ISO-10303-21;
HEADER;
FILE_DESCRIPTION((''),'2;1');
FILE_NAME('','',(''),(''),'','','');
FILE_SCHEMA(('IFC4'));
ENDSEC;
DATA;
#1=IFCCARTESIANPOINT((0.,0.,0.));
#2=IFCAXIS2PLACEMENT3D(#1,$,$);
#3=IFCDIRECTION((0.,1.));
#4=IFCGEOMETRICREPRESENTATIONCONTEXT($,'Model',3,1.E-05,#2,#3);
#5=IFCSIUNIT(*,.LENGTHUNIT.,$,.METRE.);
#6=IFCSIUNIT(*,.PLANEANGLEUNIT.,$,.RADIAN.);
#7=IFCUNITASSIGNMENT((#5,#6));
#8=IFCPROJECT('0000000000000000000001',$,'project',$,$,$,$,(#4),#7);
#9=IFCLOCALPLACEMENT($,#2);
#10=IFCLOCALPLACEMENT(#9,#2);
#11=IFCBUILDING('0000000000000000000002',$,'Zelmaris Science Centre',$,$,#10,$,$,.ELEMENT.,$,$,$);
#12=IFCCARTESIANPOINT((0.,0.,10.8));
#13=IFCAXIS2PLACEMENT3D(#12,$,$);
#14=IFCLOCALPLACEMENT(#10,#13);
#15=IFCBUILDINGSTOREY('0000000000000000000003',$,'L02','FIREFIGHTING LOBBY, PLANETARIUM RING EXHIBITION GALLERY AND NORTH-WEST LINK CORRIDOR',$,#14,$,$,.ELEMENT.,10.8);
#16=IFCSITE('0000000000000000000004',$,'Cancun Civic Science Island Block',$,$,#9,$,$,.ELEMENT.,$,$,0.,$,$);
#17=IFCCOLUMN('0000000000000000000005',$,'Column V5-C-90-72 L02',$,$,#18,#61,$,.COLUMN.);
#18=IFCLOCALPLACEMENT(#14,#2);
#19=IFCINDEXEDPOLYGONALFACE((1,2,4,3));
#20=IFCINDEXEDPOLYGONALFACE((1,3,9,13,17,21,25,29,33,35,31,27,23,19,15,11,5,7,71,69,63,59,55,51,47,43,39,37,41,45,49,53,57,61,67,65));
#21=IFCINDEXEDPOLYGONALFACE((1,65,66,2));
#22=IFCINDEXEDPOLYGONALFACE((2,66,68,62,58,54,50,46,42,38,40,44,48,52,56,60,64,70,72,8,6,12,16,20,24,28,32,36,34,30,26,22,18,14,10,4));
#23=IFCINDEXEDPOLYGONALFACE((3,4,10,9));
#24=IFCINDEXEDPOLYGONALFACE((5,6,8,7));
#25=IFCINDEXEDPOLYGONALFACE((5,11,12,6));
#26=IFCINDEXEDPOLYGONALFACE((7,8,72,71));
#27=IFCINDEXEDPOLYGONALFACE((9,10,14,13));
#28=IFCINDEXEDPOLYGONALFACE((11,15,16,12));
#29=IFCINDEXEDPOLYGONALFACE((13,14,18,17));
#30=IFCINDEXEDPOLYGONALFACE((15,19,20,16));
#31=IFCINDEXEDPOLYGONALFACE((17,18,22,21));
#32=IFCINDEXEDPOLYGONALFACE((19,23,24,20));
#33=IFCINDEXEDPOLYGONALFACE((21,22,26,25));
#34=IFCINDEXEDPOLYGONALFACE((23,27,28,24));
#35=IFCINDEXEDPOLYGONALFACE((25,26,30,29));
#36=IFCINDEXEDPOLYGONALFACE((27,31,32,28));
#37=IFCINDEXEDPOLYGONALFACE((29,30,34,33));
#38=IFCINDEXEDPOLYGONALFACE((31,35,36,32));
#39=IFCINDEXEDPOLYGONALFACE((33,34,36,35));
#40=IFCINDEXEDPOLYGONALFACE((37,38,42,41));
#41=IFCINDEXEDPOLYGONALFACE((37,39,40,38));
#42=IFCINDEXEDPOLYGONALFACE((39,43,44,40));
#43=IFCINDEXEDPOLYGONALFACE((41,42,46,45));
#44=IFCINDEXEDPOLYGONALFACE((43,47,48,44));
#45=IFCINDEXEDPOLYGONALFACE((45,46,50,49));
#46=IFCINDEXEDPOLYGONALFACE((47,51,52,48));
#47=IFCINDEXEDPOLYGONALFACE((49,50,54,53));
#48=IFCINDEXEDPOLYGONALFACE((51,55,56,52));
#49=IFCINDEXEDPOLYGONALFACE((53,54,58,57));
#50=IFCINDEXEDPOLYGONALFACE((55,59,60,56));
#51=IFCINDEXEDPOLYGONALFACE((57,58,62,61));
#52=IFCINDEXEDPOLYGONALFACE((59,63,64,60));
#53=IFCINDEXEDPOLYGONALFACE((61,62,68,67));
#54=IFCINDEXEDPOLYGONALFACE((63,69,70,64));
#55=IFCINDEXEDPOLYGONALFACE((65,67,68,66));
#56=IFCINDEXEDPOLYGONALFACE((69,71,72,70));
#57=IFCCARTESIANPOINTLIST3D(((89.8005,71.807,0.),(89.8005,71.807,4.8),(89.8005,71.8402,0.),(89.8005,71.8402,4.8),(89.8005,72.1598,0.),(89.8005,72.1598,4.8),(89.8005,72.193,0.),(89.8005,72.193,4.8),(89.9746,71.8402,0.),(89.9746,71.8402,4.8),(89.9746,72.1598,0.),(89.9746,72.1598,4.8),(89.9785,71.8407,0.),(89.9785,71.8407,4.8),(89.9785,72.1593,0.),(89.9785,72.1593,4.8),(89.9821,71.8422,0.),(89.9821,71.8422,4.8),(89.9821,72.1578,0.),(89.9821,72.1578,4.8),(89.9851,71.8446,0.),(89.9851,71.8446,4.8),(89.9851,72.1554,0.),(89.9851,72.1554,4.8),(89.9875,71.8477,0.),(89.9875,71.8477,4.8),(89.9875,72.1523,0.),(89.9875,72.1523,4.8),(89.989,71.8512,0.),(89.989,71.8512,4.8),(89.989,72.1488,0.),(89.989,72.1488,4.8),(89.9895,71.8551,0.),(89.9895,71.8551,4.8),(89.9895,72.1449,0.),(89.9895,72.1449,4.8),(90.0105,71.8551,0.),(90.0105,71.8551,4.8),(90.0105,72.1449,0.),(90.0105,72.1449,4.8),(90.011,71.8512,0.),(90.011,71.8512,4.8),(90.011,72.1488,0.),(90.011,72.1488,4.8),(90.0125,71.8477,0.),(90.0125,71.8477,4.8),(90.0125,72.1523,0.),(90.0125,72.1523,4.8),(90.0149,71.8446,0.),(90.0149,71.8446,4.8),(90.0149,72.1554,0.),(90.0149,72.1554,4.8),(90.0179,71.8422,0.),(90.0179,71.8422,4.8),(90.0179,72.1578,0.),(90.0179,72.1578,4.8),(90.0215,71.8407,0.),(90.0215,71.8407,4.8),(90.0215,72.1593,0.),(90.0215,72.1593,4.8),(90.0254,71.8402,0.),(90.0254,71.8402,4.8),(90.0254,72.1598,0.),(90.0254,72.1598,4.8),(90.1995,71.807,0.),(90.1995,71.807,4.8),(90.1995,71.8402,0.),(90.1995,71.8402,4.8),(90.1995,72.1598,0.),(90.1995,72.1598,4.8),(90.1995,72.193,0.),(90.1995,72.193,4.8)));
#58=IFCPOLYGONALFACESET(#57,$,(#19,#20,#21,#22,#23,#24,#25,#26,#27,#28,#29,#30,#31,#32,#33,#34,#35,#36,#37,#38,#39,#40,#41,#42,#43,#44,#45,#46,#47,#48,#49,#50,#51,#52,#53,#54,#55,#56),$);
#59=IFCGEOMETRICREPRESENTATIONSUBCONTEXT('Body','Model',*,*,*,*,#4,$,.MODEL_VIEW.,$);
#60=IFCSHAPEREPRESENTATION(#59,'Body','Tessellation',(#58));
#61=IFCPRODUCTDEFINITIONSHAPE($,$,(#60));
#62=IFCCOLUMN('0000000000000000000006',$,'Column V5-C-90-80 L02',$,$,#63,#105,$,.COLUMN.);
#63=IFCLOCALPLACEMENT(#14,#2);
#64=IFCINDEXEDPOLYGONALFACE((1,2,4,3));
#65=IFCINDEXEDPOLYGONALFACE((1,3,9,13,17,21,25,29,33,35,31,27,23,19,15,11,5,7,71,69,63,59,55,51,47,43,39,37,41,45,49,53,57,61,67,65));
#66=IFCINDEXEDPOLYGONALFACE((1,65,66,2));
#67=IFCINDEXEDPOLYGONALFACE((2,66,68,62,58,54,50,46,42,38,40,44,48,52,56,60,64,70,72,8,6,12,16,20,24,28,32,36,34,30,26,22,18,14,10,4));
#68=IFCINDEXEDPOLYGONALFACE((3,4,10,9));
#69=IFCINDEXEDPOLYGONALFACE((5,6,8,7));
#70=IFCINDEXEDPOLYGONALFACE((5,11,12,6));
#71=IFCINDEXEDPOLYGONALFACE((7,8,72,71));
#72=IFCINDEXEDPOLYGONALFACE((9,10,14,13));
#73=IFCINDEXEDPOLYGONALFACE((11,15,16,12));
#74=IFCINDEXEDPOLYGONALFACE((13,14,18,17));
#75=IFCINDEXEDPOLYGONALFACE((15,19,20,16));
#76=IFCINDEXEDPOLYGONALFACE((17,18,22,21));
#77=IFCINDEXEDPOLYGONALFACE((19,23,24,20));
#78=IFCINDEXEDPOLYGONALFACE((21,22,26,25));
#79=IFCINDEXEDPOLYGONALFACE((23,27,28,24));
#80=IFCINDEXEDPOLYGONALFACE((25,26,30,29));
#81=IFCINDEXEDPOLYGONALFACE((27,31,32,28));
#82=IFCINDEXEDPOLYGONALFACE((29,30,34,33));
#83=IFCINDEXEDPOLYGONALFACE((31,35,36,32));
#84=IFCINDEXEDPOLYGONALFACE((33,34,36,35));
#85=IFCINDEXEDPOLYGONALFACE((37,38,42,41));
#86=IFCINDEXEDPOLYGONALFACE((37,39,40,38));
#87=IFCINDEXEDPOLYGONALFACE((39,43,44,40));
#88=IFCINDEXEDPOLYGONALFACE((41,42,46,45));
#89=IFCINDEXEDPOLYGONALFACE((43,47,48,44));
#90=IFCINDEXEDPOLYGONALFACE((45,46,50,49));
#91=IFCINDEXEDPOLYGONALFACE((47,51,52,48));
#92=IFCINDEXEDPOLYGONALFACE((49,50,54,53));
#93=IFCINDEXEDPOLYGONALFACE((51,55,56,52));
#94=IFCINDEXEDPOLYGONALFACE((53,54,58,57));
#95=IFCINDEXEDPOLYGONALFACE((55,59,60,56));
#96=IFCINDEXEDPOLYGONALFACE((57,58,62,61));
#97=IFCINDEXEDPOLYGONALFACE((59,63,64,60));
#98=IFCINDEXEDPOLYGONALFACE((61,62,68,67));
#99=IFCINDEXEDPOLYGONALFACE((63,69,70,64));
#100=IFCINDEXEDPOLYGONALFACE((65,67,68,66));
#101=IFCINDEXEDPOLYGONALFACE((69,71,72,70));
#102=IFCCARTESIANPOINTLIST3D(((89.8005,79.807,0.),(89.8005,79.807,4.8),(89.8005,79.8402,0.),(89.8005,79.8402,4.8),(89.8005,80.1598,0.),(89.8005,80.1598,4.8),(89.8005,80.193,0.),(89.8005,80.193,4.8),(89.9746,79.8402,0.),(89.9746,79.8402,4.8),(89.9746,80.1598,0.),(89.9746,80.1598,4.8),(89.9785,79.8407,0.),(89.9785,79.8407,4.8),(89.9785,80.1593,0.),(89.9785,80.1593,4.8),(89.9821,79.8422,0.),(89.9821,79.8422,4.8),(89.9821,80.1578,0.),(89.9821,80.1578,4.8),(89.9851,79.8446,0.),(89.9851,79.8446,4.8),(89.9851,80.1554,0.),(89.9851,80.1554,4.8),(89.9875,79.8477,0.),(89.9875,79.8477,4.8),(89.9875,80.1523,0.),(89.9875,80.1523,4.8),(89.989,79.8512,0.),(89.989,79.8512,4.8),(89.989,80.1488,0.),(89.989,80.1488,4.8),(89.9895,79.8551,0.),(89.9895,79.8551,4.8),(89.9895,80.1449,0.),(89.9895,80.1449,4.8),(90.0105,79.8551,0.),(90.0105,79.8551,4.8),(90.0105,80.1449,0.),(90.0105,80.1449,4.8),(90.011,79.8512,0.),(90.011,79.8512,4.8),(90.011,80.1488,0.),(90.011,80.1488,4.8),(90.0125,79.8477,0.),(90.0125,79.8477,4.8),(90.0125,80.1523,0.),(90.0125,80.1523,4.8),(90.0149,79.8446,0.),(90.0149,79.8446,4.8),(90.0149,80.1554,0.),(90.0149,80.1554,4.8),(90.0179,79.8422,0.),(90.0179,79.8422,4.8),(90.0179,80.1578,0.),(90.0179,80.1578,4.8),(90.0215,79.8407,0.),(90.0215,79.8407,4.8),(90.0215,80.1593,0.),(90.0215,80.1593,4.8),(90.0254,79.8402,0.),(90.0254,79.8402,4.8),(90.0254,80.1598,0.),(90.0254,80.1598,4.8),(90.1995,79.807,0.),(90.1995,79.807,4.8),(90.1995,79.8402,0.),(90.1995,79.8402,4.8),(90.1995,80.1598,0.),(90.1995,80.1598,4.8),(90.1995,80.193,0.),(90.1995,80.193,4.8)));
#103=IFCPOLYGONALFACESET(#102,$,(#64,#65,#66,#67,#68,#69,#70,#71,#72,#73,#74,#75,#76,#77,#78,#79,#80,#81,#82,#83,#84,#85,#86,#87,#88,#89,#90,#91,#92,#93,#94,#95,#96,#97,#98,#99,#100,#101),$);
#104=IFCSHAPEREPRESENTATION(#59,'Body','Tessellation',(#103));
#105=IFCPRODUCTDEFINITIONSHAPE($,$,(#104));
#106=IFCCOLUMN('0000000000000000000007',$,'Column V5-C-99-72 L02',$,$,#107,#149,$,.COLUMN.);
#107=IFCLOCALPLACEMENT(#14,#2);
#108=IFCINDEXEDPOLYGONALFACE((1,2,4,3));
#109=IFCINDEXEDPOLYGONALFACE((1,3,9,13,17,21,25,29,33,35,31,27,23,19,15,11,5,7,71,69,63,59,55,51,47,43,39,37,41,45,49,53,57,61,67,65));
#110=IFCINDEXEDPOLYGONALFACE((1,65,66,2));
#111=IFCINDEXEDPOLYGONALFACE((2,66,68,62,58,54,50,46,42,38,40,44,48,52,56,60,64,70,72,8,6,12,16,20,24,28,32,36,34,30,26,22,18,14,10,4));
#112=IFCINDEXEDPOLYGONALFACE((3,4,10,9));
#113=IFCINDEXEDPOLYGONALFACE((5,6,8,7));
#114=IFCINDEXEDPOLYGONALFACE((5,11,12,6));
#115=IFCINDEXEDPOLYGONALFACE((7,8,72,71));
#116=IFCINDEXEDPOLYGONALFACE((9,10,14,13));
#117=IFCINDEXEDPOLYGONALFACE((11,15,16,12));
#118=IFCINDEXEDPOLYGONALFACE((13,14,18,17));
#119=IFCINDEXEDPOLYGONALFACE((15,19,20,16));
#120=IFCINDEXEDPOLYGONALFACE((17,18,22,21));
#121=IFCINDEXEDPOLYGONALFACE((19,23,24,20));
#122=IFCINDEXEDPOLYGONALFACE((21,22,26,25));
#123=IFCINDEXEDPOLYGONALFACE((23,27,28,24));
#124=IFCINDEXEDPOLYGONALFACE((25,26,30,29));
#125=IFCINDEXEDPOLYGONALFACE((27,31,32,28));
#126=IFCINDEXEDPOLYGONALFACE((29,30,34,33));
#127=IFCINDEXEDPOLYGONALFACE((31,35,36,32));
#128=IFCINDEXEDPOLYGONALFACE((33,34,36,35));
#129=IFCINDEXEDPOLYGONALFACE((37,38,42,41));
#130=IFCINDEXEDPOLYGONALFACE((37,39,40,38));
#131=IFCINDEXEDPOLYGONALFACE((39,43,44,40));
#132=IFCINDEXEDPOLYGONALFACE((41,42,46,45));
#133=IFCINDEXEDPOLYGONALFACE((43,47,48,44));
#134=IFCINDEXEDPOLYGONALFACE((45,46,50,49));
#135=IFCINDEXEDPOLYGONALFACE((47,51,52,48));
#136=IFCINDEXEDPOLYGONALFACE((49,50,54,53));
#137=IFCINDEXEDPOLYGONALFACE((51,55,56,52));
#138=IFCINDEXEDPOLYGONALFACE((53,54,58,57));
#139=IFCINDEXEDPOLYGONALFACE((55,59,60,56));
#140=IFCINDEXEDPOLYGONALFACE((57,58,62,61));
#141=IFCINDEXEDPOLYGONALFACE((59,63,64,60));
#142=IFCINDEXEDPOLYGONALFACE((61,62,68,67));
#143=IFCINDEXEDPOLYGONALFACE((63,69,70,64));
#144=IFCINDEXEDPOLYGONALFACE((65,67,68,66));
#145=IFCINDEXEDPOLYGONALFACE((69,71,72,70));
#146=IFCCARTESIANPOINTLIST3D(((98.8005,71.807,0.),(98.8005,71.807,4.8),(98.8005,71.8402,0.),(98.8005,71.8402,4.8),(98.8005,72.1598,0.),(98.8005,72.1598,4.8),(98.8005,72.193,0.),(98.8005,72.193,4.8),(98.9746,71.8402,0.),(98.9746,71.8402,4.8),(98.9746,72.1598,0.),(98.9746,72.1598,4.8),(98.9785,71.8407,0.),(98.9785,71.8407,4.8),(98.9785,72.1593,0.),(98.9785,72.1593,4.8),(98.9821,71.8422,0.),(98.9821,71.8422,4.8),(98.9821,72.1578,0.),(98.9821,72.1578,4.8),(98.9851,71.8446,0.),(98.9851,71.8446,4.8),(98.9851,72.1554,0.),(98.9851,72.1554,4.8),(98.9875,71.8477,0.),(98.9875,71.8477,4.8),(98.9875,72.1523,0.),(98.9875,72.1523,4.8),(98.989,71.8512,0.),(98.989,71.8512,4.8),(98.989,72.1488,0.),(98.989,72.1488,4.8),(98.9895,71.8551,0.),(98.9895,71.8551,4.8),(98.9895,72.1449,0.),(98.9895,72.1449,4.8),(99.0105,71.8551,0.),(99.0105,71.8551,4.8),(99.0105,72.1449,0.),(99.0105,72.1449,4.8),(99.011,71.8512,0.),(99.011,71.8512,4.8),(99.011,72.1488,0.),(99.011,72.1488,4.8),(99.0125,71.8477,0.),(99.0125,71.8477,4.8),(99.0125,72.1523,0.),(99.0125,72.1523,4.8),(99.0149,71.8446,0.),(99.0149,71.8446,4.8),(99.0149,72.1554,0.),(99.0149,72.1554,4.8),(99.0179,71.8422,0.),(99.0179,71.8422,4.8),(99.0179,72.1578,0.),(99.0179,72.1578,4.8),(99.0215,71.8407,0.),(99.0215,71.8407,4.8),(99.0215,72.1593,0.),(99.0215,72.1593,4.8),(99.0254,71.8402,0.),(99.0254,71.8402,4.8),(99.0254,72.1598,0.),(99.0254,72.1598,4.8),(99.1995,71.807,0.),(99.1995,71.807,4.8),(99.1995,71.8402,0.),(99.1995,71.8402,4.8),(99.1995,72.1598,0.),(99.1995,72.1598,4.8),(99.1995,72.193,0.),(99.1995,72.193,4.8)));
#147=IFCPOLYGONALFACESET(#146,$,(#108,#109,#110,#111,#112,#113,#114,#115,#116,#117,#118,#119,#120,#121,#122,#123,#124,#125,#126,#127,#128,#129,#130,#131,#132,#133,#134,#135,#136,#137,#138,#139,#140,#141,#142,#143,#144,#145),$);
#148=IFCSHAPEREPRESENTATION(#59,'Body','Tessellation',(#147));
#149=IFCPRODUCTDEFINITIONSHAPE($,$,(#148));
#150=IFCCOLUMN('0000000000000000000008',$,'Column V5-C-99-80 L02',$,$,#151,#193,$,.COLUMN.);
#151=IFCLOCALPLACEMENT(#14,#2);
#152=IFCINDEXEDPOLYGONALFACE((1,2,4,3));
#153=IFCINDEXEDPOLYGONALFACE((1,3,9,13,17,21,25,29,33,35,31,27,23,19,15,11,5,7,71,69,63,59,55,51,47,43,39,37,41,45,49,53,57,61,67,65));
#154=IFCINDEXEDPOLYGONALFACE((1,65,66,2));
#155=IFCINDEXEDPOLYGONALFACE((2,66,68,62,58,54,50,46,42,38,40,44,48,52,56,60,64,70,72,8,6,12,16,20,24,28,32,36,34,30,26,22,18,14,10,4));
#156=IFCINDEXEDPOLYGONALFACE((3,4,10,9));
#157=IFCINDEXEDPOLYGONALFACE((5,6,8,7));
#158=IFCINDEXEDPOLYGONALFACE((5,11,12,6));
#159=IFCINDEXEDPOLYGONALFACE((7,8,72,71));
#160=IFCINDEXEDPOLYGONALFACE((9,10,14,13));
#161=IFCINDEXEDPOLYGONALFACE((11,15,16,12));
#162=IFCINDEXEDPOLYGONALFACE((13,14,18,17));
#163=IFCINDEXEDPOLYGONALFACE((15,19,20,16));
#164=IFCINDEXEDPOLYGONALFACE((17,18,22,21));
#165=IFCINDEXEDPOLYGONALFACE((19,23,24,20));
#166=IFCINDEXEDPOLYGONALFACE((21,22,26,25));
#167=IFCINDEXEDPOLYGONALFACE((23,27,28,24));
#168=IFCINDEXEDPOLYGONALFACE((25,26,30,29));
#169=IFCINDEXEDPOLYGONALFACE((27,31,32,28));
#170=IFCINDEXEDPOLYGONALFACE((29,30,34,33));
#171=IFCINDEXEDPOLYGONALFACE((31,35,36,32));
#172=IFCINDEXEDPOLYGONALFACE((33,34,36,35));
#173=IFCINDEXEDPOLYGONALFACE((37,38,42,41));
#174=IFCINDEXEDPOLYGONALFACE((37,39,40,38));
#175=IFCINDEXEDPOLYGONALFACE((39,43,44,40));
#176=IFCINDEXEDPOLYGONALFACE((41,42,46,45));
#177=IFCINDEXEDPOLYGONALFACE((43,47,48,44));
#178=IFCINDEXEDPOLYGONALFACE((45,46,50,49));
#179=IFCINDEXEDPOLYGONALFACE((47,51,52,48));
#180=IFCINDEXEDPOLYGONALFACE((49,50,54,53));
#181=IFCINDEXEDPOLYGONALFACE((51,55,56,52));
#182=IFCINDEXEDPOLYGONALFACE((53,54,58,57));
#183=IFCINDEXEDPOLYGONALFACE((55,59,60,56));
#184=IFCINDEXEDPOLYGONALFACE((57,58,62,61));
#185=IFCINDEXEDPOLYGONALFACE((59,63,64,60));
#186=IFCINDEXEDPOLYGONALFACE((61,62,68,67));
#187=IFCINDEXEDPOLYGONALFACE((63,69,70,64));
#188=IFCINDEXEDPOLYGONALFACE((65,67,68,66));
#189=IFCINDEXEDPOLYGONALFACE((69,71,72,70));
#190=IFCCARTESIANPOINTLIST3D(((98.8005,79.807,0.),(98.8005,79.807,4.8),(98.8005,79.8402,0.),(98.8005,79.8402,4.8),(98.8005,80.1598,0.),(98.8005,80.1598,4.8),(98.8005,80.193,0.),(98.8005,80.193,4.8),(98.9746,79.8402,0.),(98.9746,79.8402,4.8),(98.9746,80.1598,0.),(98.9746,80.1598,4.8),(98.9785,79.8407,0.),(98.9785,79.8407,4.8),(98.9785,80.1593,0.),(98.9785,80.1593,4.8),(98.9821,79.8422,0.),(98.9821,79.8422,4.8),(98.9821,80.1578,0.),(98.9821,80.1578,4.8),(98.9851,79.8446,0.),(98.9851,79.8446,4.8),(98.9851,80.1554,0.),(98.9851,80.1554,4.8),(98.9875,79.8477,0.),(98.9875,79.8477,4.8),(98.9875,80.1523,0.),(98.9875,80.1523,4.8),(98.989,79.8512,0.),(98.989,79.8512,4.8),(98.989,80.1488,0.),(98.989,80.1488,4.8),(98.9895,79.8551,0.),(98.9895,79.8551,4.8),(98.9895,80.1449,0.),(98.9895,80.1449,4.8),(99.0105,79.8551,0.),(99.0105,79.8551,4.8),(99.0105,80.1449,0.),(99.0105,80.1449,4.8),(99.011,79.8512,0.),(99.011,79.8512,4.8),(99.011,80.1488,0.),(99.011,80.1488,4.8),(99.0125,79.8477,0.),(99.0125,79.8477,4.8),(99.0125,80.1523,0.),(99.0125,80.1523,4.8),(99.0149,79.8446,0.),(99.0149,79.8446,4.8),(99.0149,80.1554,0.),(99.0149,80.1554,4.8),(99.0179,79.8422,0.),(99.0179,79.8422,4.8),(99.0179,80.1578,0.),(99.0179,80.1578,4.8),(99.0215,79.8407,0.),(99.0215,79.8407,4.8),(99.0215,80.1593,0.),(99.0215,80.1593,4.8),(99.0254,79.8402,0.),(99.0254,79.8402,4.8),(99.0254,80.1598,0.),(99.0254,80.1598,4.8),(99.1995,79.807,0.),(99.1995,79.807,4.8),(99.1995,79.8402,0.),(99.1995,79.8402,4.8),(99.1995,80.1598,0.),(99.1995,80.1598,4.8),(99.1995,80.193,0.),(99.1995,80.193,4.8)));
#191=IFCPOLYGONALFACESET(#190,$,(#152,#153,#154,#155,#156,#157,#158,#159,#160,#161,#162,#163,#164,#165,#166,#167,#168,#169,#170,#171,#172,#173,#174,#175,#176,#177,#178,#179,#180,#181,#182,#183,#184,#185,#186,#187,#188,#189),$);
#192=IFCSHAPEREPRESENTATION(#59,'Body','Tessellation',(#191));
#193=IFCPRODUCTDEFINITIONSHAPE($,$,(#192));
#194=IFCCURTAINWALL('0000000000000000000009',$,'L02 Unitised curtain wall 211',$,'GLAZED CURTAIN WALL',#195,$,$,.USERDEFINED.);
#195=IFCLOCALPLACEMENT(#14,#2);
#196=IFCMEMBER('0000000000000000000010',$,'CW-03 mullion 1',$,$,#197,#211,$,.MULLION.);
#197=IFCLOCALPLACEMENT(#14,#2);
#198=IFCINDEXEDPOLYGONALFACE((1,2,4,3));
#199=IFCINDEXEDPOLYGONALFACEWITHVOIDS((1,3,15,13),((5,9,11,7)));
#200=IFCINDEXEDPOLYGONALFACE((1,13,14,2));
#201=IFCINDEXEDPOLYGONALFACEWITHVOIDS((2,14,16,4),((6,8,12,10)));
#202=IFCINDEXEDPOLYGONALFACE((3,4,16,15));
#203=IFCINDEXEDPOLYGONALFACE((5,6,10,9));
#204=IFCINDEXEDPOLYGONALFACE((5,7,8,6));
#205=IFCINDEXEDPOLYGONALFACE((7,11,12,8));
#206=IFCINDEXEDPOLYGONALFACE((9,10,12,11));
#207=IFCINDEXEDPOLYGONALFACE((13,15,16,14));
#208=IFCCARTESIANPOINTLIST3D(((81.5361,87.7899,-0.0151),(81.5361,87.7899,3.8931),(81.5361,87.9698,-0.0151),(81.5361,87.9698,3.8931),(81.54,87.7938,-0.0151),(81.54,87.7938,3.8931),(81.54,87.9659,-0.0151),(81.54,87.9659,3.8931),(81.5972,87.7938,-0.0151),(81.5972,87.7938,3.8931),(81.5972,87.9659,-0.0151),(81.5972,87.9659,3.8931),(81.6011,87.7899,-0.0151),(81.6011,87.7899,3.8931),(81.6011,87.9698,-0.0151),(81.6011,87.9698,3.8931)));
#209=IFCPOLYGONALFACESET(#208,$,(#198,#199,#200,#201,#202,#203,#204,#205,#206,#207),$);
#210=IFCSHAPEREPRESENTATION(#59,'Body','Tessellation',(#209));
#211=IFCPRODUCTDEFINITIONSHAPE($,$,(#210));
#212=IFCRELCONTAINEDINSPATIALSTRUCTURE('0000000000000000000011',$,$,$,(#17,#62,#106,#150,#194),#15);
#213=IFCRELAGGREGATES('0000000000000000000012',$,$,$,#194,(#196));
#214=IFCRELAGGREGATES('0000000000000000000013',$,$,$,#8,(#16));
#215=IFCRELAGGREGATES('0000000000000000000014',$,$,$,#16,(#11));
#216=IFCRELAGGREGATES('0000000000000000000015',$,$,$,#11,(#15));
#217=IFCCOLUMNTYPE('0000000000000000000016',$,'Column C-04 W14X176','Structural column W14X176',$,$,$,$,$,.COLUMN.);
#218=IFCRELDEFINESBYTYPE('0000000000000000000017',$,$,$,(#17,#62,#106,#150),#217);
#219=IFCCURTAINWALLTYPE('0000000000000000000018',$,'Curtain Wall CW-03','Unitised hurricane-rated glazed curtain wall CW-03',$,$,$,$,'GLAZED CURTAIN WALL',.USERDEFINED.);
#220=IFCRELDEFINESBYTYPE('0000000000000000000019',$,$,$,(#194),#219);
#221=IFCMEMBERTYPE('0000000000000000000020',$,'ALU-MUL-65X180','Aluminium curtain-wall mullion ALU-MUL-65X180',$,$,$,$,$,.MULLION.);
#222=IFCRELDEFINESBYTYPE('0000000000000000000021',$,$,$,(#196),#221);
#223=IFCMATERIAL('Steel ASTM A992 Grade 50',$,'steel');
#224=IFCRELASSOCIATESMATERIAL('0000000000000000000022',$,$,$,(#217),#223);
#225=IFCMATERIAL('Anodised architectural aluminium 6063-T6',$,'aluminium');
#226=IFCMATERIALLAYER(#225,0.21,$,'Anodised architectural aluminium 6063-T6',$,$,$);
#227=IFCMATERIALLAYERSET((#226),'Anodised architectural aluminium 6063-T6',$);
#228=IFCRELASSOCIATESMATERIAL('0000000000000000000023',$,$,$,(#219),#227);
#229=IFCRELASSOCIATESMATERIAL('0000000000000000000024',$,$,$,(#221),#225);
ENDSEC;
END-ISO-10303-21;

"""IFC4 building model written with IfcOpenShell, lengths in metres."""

from ifc_helpers import new_model, si_unit, direction, frame, origin, origin_2d, place, context, subcontext, project, spatial, hollow_rectangle, i_section, extrude, material, layer, layer_set, material_profile, profile_set, type_object, element, aggregate, save


model = new_model("IFC4")

# Units and contexts
model_context = context("Model", 3, precision=1e-05, world=origin(), true_north=direction((0.0, 1.0)))
body_context = subcontext(model_context, "Body", "Model", "MODEL_VIEW")
ifc_project = project(units=[si_unit("LENGTHUNIT", "METRE"), si_unit("PLANEANGLEUNIT", "RADIAN")], contexts=[model_context])

# Site, building, storey
site_placement = place(None, origin())
site = spatial("IfcSite", under=ifc_project, at=site_placement, Name="Cancun Civic Science Island Block", CompositionType="ELEMENT", RefElevation=0.0)
building_placement = place(site_placement, origin())
building = spatial("IfcBuilding", under=site, at=building_placement, Name="Zelmaris Science Centre", CompositionType="ELEMENT")
storey_placement = place(building_placement, frame((0.0, 0.0, 10.8)))
storey = spatial("IfcBuildingStorey", under=building, at=storey_placement, Name="L02", Description="FIREFIGHTING LOBBY, PLANETARIUM RING EXHIBITION GALLERY AND NORTH-WEST LINK CORRIDOR", CompositionType="ELEMENT", Elevation=10.8)

# Columns
ifc_material_1 = material(Name="Steel ASTM A992 Grade 50", Category="steel")
ifc_material_profile_1 = material_profile(ifc_material_1, i_section(OverallWidth=0.3989, OverallDepth=0.386, WebThickness=0.021, FlangeThickness=0.0332, FilletRadius=0.0149, at=origin_2d()), Name="W14X176")
ifc_profile_set_1 = profile_set([ifc_material_profile_1], Name="Steel ASTM A992 Grade 50")
column_type = type_object("IfcColumnType", Name="Column C-04 W14X176", Description="Structural column W14X176", PredefinedType="COLUMN", material=ifc_profile_set_1)
for number, where, z_axis, x_axis, name in (
    (1, (90.0, 72.0, 0.0), (0.0, 0.0, 1.0), (1.0, 0.0, 0.0), "Column V5-C-90-72 L02"),
    (2, (90.0, 80.0, 0.0), (0.0, 0.0, 1.0), (1.0, 0.0, 0.0), "Column V5-C-90-80 L02"),
    (3, (99.0, 72.0, 0.0), (0.0, 0.0, 1.0), (1.0, 0.0, 0.0), "Column V5-C-99-72 L02"),
    (4, (99.0, 80.0, 0.0), (0.0, 0.0, 1.0), (1.0, 0.0, 0.0), "Column V5-C-99-80 L02"),
):
    element("IfcColumn", number, at=place(storey_placement, frame(where, z_axis=z_axis, x_axis=x_axis)), inside=storey, type_object=column_type, Name=name, PredefinedType="COLUMN", context=body_context, shape_type="SweptSolid", body=[
        extrude(i_section(OverallWidth=0.3989, OverallDepth=0.386, WebThickness=0.021, FlangeThickness=0.0332, FilletRadius=0.0149, at=origin_2d()), origin(), (0.0, 0.0, 1.0), 4.8),
    ])

# Curtain wall, member
ifc_material_2 = material(Name="Anodised architectural aluminium 6063-T6", Category="aluminium")
ifc_layer = layer(ifc_material_2, 0.21, Name="Anodised architectural aluminium 6063-T6")
ifc_layer_set = layer_set([ifc_layer], Name="Anodised architectural aluminium 6063-T6")
curtain_wall_type = type_object("IfcCurtainWallType", Name="Curtain Wall CW-03", Description="Unitised hurricane-rated glazed curtain wall CW-03", ElementType="GLAZED CURTAIN WALL", PredefinedType="USERDEFINED", material=ifc_layer_set)
curtain_wall_placement = place(storey_placement, origin())
curtain_wall = element("IfcCurtainWall", 5, at=curtain_wall_placement, inside=storey, type_object=curtain_wall_type, Name="L02 Unitised curtain wall 211", ObjectType="GLAZED CURTAIN WALL", PredefinedType="USERDEFINED")
ifc_material_profile_2 = material_profile(ifc_material_2, hollow_rectangle(XDim=0.0649, YDim=0.1799, WallThickness=0.0039, at=origin_2d()), Name="ALU-MUL-65X180")
ifc_profile_set_2 = profile_set([ifc_material_profile_2], Name="Anodised architectural aluminium 6063-T6")
member_type = type_object("IfcMemberType", Name="ALU-MUL-65X180", Description="Aluminium curtain-wall mullion ALU-MUL-65X180", PredefinedType="MULLION", material=ifc_profile_set_2)
member_placement = place(storey_placement, frame((81.5686, 87.8799, -0.0151), z_axis=(0.0, 0.0, 1.0), x_axis=(1.0, 0.0, 0.0)))
member = element("IfcMember", 6, at=member_placement, type_object=member_type, Name="CW-03 mullion 1", PredefinedType="MULLION", context=body_context, shape_type="SweptSolid", body=[
    extrude(hollow_rectangle(XDim=0.0649, YDim=0.1799, WallThickness=0.0039, at=origin_2d()), origin(), (0.0, 0.0, 1.0), 3.9082),
])
aggregate(curtain_wall, [member])

save(model, "model.ifc")
